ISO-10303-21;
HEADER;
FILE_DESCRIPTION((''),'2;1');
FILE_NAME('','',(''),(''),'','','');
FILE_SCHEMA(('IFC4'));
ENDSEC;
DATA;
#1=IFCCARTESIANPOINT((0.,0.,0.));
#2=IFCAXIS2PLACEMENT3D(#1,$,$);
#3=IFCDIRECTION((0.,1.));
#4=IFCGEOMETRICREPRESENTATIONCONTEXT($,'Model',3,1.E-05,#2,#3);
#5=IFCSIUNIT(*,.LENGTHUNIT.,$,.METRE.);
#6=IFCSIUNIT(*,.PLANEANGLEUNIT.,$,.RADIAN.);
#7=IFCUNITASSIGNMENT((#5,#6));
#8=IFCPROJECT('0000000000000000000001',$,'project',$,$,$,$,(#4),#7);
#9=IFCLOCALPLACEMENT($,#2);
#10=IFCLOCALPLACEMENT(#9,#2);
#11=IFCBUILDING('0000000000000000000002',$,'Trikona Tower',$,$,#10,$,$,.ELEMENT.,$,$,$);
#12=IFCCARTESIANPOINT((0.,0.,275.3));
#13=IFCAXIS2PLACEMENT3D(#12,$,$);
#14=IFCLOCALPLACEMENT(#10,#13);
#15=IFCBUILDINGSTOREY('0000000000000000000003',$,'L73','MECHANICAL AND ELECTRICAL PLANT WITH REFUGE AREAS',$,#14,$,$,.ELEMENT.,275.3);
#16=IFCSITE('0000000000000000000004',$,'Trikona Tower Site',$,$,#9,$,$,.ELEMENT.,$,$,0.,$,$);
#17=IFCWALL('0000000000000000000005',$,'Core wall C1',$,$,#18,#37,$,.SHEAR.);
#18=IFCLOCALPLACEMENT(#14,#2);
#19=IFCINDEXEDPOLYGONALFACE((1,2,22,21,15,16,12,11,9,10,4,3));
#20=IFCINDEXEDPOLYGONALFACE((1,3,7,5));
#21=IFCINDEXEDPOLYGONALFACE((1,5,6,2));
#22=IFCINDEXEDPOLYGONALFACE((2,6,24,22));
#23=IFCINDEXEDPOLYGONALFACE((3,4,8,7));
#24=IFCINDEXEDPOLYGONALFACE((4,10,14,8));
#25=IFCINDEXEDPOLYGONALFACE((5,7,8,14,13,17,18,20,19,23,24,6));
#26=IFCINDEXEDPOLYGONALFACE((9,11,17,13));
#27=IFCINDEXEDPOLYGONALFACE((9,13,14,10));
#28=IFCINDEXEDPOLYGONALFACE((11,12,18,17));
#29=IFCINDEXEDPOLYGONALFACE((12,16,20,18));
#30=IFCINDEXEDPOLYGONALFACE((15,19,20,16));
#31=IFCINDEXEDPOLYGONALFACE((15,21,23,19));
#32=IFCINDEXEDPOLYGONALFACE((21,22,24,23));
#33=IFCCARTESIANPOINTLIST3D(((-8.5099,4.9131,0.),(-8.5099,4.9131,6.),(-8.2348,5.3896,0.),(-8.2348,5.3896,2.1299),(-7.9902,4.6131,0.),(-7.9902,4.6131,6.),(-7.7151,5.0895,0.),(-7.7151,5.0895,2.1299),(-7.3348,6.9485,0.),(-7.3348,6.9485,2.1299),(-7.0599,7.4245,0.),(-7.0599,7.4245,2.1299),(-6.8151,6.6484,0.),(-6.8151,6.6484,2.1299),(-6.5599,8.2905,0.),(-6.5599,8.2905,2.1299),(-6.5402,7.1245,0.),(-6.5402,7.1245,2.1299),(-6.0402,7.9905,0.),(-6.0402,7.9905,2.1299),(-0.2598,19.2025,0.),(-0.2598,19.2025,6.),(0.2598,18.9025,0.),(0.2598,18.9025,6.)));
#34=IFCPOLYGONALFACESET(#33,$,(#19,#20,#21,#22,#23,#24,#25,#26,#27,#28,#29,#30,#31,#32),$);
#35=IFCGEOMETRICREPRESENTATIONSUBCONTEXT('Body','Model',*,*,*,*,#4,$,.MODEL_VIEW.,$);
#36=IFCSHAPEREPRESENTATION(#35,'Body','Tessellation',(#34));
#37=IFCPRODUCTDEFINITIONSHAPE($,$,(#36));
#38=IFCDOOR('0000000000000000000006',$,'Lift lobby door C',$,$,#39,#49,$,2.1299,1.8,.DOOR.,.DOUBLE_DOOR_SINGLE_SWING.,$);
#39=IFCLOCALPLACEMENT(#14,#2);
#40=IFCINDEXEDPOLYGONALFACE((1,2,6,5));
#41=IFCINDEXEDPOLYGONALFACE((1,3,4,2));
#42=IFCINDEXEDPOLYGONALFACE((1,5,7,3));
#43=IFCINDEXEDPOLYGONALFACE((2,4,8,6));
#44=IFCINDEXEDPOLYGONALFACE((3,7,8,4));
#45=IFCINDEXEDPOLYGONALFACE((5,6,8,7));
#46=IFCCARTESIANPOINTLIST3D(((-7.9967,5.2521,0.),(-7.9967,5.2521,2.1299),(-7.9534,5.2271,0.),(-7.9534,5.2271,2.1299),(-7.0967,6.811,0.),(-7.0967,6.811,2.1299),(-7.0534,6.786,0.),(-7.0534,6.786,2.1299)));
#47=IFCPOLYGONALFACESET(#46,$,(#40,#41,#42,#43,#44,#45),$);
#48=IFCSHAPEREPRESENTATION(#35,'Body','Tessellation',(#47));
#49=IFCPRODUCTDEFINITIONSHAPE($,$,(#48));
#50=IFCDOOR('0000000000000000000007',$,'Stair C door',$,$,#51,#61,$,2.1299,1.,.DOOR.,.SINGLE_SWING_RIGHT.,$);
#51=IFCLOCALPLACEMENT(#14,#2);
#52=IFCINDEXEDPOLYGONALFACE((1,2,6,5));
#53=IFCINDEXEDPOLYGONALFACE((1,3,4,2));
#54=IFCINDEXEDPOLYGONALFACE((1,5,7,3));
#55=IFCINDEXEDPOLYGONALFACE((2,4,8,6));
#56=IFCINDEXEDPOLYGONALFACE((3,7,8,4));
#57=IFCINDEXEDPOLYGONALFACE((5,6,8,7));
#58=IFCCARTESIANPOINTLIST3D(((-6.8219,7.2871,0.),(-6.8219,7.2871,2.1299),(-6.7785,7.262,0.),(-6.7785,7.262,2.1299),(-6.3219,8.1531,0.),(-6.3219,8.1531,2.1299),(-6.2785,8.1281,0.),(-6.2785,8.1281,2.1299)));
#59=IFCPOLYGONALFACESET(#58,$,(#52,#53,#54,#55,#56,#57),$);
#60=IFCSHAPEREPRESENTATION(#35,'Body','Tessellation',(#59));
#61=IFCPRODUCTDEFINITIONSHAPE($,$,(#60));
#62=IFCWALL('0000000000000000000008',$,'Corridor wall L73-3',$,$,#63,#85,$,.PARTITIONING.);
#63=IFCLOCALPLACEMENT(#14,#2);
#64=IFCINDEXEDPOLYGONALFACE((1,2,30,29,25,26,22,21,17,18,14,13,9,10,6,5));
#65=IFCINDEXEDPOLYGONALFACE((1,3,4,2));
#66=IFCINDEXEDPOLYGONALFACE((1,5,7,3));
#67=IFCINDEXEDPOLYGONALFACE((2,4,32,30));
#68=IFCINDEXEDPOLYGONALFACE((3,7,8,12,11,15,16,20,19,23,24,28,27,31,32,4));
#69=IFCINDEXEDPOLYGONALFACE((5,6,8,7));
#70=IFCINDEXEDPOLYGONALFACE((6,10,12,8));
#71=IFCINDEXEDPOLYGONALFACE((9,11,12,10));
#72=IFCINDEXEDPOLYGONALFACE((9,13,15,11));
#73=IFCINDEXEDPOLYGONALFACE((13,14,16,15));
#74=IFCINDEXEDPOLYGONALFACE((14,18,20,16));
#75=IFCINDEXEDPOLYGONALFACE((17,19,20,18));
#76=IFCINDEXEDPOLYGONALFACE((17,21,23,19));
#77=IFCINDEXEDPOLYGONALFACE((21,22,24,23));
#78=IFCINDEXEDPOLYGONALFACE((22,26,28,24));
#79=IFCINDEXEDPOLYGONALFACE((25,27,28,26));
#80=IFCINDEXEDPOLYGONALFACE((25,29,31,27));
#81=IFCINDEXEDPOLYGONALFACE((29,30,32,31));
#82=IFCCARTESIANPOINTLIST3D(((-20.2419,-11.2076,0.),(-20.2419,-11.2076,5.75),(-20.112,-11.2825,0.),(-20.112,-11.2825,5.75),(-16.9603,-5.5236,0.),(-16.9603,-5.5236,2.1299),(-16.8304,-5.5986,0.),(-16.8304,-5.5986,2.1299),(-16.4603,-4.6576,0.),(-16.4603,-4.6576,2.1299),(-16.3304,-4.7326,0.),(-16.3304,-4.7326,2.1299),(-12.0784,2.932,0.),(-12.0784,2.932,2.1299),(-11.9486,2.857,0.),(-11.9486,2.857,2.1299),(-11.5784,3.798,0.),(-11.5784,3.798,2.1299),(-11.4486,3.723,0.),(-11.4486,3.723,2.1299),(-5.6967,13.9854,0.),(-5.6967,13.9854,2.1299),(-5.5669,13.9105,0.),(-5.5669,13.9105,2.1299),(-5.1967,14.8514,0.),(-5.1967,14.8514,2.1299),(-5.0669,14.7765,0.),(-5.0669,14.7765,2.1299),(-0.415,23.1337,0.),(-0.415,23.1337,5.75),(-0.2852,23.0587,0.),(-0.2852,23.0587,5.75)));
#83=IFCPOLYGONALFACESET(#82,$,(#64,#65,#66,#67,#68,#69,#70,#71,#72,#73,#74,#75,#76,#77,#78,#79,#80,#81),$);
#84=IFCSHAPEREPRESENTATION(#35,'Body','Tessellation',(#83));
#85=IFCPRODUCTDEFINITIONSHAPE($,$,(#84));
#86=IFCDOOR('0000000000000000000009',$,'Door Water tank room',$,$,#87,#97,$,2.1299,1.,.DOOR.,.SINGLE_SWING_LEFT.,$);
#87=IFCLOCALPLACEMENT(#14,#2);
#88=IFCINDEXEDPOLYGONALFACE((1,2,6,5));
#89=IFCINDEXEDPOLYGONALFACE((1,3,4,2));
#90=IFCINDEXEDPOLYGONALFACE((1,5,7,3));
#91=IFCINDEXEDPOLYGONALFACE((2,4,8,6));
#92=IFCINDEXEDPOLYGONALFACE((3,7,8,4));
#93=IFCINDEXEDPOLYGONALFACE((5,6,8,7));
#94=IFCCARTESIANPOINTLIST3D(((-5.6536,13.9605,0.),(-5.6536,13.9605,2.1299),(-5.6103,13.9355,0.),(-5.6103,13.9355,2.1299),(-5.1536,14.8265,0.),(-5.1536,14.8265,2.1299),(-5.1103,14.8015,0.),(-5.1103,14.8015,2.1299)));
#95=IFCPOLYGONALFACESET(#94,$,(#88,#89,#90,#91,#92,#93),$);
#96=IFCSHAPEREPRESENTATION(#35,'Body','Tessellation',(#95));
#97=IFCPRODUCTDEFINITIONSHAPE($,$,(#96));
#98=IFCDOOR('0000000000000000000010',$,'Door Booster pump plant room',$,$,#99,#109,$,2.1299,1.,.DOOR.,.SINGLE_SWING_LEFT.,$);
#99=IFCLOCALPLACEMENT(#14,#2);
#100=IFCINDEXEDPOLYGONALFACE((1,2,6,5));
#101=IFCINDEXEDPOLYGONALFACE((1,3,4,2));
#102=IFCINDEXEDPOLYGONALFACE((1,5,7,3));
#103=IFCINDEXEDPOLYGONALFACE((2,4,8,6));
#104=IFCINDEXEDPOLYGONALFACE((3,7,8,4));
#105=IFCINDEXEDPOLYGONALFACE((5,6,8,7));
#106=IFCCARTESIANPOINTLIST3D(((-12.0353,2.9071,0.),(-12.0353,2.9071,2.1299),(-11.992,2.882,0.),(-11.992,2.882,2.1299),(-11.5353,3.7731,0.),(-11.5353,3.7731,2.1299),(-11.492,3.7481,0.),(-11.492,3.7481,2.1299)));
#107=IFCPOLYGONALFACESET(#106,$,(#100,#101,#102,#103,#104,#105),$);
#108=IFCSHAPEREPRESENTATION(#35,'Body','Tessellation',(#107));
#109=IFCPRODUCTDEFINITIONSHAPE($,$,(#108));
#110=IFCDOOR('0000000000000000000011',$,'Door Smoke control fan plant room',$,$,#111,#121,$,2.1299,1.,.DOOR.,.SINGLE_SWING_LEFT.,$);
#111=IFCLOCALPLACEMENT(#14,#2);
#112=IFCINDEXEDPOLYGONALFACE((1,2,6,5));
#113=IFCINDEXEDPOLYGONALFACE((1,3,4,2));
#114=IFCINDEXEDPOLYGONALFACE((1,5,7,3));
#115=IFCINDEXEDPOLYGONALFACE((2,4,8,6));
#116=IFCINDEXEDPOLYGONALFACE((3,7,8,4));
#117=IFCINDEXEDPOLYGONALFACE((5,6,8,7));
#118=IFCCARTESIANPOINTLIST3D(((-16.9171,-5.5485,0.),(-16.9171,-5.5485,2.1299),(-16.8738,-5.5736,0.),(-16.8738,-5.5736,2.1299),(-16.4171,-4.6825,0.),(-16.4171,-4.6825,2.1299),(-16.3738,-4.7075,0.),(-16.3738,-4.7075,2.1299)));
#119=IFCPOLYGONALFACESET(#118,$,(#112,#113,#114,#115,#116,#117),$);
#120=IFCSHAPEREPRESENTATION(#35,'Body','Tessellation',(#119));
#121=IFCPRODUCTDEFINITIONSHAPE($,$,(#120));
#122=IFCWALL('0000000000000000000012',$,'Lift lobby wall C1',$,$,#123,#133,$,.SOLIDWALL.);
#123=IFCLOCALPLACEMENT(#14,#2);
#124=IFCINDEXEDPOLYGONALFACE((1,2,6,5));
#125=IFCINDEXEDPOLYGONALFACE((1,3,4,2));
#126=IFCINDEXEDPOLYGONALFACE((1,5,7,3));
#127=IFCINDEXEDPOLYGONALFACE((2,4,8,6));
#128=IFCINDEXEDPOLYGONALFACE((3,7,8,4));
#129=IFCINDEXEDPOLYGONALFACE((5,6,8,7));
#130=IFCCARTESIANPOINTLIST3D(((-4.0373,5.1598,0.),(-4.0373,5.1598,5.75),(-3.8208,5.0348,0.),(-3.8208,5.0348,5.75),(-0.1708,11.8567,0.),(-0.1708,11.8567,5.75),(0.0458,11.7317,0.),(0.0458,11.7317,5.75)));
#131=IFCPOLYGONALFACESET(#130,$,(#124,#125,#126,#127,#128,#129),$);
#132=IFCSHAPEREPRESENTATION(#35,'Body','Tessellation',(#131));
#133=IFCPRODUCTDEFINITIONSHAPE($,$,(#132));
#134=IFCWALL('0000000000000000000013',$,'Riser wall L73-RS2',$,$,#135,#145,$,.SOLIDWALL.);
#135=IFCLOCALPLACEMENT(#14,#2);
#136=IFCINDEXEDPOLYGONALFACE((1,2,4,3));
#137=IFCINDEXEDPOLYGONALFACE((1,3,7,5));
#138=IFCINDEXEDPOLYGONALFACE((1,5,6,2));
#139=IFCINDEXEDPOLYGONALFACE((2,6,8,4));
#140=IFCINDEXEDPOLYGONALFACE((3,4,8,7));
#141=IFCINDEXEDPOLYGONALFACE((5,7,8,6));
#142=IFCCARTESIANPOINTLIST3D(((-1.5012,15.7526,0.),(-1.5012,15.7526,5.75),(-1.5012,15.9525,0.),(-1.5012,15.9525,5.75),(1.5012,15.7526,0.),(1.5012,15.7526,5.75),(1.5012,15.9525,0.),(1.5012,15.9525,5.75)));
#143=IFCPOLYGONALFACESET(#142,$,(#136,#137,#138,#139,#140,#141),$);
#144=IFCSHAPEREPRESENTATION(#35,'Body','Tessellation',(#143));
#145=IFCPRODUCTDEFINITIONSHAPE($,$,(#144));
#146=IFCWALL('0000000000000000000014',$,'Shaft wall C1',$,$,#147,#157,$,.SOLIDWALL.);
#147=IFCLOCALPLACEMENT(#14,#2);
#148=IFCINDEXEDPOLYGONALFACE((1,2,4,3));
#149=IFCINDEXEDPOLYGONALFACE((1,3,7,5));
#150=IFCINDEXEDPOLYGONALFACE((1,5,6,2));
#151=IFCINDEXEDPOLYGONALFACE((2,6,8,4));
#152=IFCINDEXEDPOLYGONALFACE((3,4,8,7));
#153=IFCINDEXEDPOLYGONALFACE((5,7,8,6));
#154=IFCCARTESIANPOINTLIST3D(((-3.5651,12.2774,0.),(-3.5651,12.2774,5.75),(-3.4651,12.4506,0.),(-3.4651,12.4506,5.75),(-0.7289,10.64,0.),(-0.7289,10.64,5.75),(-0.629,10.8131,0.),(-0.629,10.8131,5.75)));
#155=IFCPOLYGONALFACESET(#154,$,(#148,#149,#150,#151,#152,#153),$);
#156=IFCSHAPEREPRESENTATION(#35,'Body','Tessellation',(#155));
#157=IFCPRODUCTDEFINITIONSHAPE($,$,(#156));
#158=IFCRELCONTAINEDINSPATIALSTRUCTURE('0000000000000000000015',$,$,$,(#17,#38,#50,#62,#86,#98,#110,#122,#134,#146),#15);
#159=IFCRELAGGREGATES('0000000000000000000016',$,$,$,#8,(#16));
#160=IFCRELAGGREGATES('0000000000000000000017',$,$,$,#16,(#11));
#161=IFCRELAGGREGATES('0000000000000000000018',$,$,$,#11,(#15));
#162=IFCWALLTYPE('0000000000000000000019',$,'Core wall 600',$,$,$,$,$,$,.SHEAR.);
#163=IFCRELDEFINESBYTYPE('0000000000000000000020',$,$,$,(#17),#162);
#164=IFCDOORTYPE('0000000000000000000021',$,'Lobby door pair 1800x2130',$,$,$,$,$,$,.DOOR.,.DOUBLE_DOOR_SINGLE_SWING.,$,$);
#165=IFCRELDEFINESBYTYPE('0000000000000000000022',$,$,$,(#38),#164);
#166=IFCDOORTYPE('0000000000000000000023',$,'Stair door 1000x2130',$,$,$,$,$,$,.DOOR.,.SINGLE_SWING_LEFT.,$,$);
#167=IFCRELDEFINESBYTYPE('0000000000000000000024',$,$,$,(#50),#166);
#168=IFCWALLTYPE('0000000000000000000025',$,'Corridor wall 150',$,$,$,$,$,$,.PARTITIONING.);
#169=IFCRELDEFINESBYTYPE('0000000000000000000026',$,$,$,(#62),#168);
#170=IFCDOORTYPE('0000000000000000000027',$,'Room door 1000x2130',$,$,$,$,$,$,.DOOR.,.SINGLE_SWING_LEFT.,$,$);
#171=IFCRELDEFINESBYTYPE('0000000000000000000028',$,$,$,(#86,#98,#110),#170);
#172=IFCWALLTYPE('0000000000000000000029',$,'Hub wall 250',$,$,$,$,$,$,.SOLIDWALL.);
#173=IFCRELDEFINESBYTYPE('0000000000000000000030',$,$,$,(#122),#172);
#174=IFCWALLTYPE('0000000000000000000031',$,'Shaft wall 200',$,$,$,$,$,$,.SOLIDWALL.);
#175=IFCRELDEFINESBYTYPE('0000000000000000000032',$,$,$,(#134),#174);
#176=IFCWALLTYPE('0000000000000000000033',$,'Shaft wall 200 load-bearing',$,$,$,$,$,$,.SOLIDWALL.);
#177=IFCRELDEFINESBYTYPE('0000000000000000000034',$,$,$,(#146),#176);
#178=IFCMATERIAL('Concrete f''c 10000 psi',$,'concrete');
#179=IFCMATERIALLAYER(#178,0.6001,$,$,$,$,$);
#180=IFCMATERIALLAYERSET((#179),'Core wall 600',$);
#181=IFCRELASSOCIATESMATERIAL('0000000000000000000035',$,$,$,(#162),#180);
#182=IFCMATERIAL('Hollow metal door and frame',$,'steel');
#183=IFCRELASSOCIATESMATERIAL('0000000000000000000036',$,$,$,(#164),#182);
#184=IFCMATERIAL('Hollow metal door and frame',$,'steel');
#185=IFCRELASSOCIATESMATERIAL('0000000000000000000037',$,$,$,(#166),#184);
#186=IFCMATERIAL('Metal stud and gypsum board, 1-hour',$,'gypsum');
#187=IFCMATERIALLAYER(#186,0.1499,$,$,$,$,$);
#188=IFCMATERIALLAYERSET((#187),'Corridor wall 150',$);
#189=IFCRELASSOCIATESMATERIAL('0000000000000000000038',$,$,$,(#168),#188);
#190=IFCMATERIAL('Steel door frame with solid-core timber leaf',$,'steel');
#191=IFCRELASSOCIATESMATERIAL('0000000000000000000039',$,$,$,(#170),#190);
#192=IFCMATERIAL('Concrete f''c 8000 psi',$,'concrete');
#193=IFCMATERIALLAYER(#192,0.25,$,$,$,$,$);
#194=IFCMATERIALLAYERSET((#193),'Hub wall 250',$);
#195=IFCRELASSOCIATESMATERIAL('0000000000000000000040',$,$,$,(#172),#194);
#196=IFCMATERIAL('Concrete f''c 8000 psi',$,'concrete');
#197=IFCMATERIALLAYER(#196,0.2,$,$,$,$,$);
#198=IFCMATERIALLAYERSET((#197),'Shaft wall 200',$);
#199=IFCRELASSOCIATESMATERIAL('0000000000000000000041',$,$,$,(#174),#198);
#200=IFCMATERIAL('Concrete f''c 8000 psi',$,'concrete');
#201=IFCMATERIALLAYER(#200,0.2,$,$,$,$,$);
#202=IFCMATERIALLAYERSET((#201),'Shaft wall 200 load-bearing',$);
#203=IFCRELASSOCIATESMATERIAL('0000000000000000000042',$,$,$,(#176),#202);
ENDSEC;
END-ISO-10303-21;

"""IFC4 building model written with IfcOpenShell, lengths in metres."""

from ifc_helpers import new_model, si_unit, direction, frame, frame_2d, origin, place, context, subcontext, project, spatial, rectangle, extrude, material, layer, layer_set, type_object, element, fill, save


model = new_model("IFC4")

# Units and contexts
model_context = context("Model", 3, precision=1e-05, world=origin(), true_north=direction((0.0, 1.0)))
body_context = subcontext(model_context, "Body", "Model", "MODEL_VIEW")
ifc_project = project(units=[si_unit("LENGTHUNIT", "METRE"), si_unit("PLANEANGLEUNIT", "RADIAN")], contexts=[model_context])

# Site, building, storey
site_placement = place(None, origin())
site = spatial("IfcSite", under=ifc_project, at=site_placement, Name="Trikona Tower Site", CompositionType="ELEMENT", RefElevation=0.0)
building_placement = place(site_placement, origin())
building = spatial("IfcBuilding", under=site, at=building_placement, Name="Trikona Tower", CompositionType="ELEMENT")
storey_placement = place(building_placement, frame((0.0, 0.0, 275.3)))
storey = spatial("IfcBuildingStorey", under=building, at=storey_placement, Name="L73", Description="MECHANICAL AND ELECTRICAL PLANT WITH REFUGE AREAS", CompositionType="ELEMENT", Elevation=275.3)

# Walls, openings, doors
ifc_material_1 = material(Name="Concrete f'c 10000 psi", Category="concrete")
ifc_layer_1 = layer(ifc_material_1, 0.6001)
ifc_layer_set_1 = layer_set([ifc_layer_1], Name="Core wall 600")
wall_type_1 = type_object("IfcWallType", Name="Core wall 600", PredefinedType="SHEAR", material=ifc_layer_set_1)
wall_1_placement = place(storey_placement, frame((0.0, 19.0525, 0.0), z_axis=(0.0, 0.0, 1.0), x_axis=(-0.500003, -0.866024, 0.0)))
wall_1 = element("IfcWall", 1, at=wall_1_placement, inside=storey, type_object=wall_type_1, Name="Core wall C1", PredefinedType="SHEAR", context=body_context, shape_type="SweptSolid", body=[
    extrude(rectangle(XDim=16.5, YDim=0.6001, at=frame_2d((8.25, 0.0))), origin(), (0.0, 0.0, 1.0), 6.0),
])
opening_1_placement = place(wall_1_placement, frame((14.1499, 0.0, 0.0)))
opening_1 = element("IfcOpeningElement", 2, at=opening_1_placement, cuts=wall_1, PredefinedType="OPENING", context=body_context, shape_type="SweptSolid", body=[
    extrude(rectangle(XDim=1.8, YDim=2.1299, at=frame_2d((0.8999, 1.0649))), frame((0.0, 0.3101, 0.0), z_axis=(0.0, -1.0, 0.0), x_axis=(1.0, 0.0, 0.0)), (0.0, 0.0, 1.0), 0.6201),
])
opening_2_placement = place(wall_1_placement, frame((12.6001, 0.0, 0.0)))
opening_2 = element("IfcOpeningElement", 3, at=opening_2_placement, cuts=wall_1, PredefinedType="OPENING", context=body_context, shape_type="SweptSolid", body=[
    extrude(rectangle(XDim=1.0, YDim=2.1299, at=frame_2d((0.5, 1.0649))), frame((0.0, 0.3101, 0.0), z_axis=(0.0, -1.0, 0.0), x_axis=(1.0, 0.0, 0.0)), (0.0, 0.0, 1.0), 0.6201),
])
ifc_material_2 = material(Name="Hollow metal door and frame", Category="steel")
door_type_1 = type_object("IfcDoorType", Name="Lobby door pair 1800x2130", OperationType="DOUBLE_DOOR_SINGLE_SWING", PredefinedType="DOOR", material=ifc_material_2)
door_1_placement = place(opening_1_placement, origin())
door_1 = element("IfcDoor", 4, at=door_1_placement, inside=storey, type_object=door_type_1, Name="Lift lobby door C", OperationType="DOUBLE_DOOR_SINGLE_SWING", OverallHeight=2.1299, OverallWidth=1.8, PredefinedType="DOOR", context=body_context, shape_type="SweptSolid", body=[
    extrude(rectangle(XDim=1.8, YDim=2.1299, at=frame_2d((0.8999, 1.0649))), frame((0.0, 0.0249, 0.0), z_axis=(0.0, -1.0, 0.0), x_axis=(1.0, 0.0, 0.0)), (0.0, 0.0, 1.0), 0.05),
])
fill(opening_1, door_1)
ifc_material_3 = material(Name="Hollow metal door and frame", Category="steel")
door_type_2 = type_object("IfcDoorType", Name="Stair door 1000x2130", OperationType="SINGLE_SWING_LEFT", PredefinedType="DOOR", material=ifc_material_3)
door_2_placement = place(opening_2_placement, origin())
door_2 = element("IfcDoor", 5, at=door_2_placement, inside=storey, type_object=door_type_2, Name="Stair C door", OperationType="SINGLE_SWING_RIGHT", OverallHeight=2.1299, OverallWidth=1.0, PredefinedType="DOOR", context=body_context, shape_type="SweptSolid", body=[
    extrude(rectangle(XDim=1.0, YDim=2.1299, at=frame_2d((0.5, 1.0649))), frame((0.0, 0.0249, 0.0), z_axis=(0.0, -1.0, 0.0), x_axis=(1.0, 0.0, 0.0)), (0.0, 0.0, 1.0), 0.05),
])
fill(opening_2, door_2)
ifc_material_4 = material(Name="Metal stud and gypsum board, 1-hour", Category="gypsum")
ifc_layer_2 = layer(ifc_material_4, 0.1499)
ifc_layer_set_2 = layer_set([ifc_layer_2], Name="Corridor wall 150")
wall_type_2 = type_object("IfcWallType", Name="Corridor wall 150", PredefinedType="PARTITIONING", material=ifc_layer_set_2)
wall_2_placement = place(storey_placement, frame((-0.3501, 23.0962, 0.0), z_axis=(0.0, 0.0, 1.0), x_axis=(-0.499999, -0.866026, 0.0)))
wall_2 = element("IfcWall", 6, at=wall_2_placement, inside=storey, type_object=wall_type_2, Name="Corridor wall L73-3", PredefinedType="PARTITIONING", context=body_context, shape_type="SweptSolid", body=[
    extrude(rectangle(XDim=39.6538, YDim=0.1499, at=frame_2d((19.8269, 0.0))), origin(), (0.0, 0.0, 1.0), 5.75),
])
opening_3_placement = place(wall_2_placement, frame((9.5635, 0.0, 0.0)))
opening_3 = element("IfcOpeningElement", 7, at=opening_3_placement, cuts=wall_2, PredefinedType="OPENING", context=body_context, shape_type="SweptSolid", body=[
    extrude(rectangle(XDim=1.0, YDim=2.1299, at=frame_2d((0.5, 1.0649))), frame((0.0, 0.085, 0.0), z_axis=(0.0, -1.0, 0.0), x_axis=(1.0, 0.0, 0.0)), (0.0, 0.0, 1.0), 0.1699),
])
opening_4_placement = place(wall_2_placement, frame((22.3269, 0.0, 0.0)))
opening_4 = element("IfcOpeningElement", 8, at=opening_4_placement, cuts=wall_2, PredefinedType="OPENING", context=body_context, shape_type="SweptSolid", body=[
    extrude(rectangle(XDim=1.0, YDim=2.1299, at=frame_2d((0.5, 1.0649))), frame((0.0, 0.085, 0.0), z_axis=(0.0, -1.0, 0.0), x_axis=(1.0, 0.0, 0.0)), (0.0, 0.0, 1.0), 0.1699),
])
opening_5_placement = place(wall_2_placement, frame((32.0906, 0.0, 0.0)))
opening_5 = element("IfcOpeningElement", 9, at=opening_5_placement, cuts=wall_2, PredefinedType="OPENING", context=body_context, shape_type="SweptSolid", body=[
    extrude(rectangle(XDim=1.0, YDim=2.1299, at=frame_2d((0.5, 1.0649))), frame((0.0, 0.085, 0.0), z_axis=(0.0, -1.0, 0.0), x_axis=(1.0, 0.0, 0.0)), (0.0, 0.0, 1.0), 0.1699),
])
ifc_material_5 = material(Name="Steel door frame with solid-core timber leaf", Category="steel")
door_type_3 = type_object("IfcDoorType", Name="Room door 1000x2130", OperationType="SINGLE_SWING_LEFT", PredefinedType="DOOR", material=ifc_material_5)
door_3_placement = place(opening_3_placement, origin())
door_3 = element("IfcDoor", 10, at=door_3_placement, inside=storey, type_object=door_type_3, Name="Door Water tank room", OperationType="SINGLE_SWING_LEFT", OverallHeight=2.1299, OverallWidth=1.0, PredefinedType="DOOR", context=body_context, shape_type="SweptSolid", body=[
    extrude(rectangle(XDim=1.0, YDim=2.1299, at=frame_2d((0.5, 1.0649))), frame((0.0, 0.0249, 0.0), z_axis=(0.0, -1.0, 0.0), x_axis=(1.0, 0.0, 0.0)), (0.0, 0.0, 1.0), 0.05),
])
fill(opening_3, door_3)
door_4_placement = place(opening_4_placement, origin())
door_4 = element("IfcDoor", 11, at=door_4_placement, inside=storey, type_object=door_type_3, Name="Door Booster pump plant room", OperationType="SINGLE_SWING_LEFT", OverallHeight=2.1299, OverallWidth=1.0, PredefinedType="DOOR", context=body_context, shape_type="SweptSolid", body=[
    extrude(rectangle(XDim=1.0, YDim=2.1299, at=frame_2d((0.5, 1.0649))), frame((0.0, 0.0249, 0.0), z_axis=(0.0, -1.0, 0.0), x_axis=(1.0, 0.0, 0.0)), (0.0, 0.0, 1.0), 0.05),
])
fill(opening_4, door_4)
door_5_placement = place(opening_5_placement, origin())
door_5 = element("IfcDoor", 12, at=door_5_placement, inside=storey, type_object=door_type_3, Name="Door Smoke control fan plant room", OperationType="SINGLE_SWING_LEFT", OverallHeight=2.1299, OverallWidth=1.0, PredefinedType="DOOR", context=body_context, shape_type="SweptSolid", body=[
    extrude(rectangle(XDim=1.0, YDim=2.1299, at=frame_2d((0.5, 1.0649))), frame((0.0, 0.0249, 0.0), z_axis=(0.0, -1.0, 0.0), x_axis=(1.0, 0.0, 0.0)), (0.0, 0.0, 1.0), 0.05),
])
fill(opening_5, door_5)

# Walls
ifc_material_6 = material(Name="Concrete f'c 8000 psi", Category="concrete")
ifc_layer_3 = layer(ifc_material_6, 0.25)
ifc_layer_set_3 = layer_set([ifc_layer_3], Name="Hub wall 250")
wall_type_3 = type_object("IfcWallType", Name="Hub wall 250", PredefinedType="SOLIDWALL", material=ifc_layer_set_3)
wall_3_placement = place(storey_placement, frame((-0.0625, 11.7942, 0.0), z_axis=(0.0, 0.0, 1.0), x_axis=(-0.500007, -0.866022, 0.0)))
element("IfcWall", 13, at=wall_3_placement, inside=storey, type_object=wall_type_3, Name="Lift lobby wall C1", PredefinedType="SOLIDWALL", context=body_context, shape_type="SweptSolid", body=[
    extrude(rectangle(XDim=7.7329, YDim=0.25, at=frame_2d((3.8665, 0.0))), origin(), (0.0, 0.0, 1.0), 5.75),
])
ifc_material_7 = material(Name="Concrete f'c 8000 psi", Category="concrete")
ifc_layer_4 = layer(ifc_material_7, 0.2)
ifc_layer_set_4 = layer_set([ifc_layer_4], Name="Shaft wall 200")
wall_type_4 = type_object("IfcWallType", Name="Shaft wall 200", PredefinedType="SOLIDWALL", material=ifc_layer_set_4)
wall_4_placement = place(storey_placement, frame((-1.5012, 15.8525, 0.0), z_axis=(0.0, 0.0, 1.0), x_axis=(1.0, 0.0, 0.0)))
element("IfcWall", 14, at=wall_4_placement, inside=storey, type_object=wall_type_4, Name="Riser wall L73-RS2", PredefinedType="SOLIDWALL", context=body_context, shape_type="SweptSolid", body=[
    extrude(rectangle(XDim=3.0024, YDim=0.2, at=frame_2d((1.5012, 0.0))), origin(), (0.0, 0.0, 1.0), 5.75),
])
ifc_material_8 = material(Name="Concrete f'c 8000 psi", Category="concrete")
ifc_layer_5 = layer(ifc_material_8, 0.2)
ifc_layer_set_5 = layer_set([ifc_layer_5], Name="Shaft wall 200 load-bearing")
wall_type_5 = type_object("IfcWallType", Name="Shaft wall 200 load-bearing", PredefinedType="SOLIDWALL", material=ifc_layer_set_5)
wall_5_placement = place(storey_placement, frame((-0.679, 10.7266, 0.0), z_axis=(0.0, 0.0, 1.0), x_axis=(-0.866028, 0.499996, 0.0)))
element("IfcWall", 15, at=wall_5_placement, inside=storey, type_object=wall_type_5, Name="Shaft wall C1", PredefinedType="SOLIDWALL", context=body_context, shape_type="SweptSolid", body=[
    extrude(rectangle(XDim=3.2749, YDim=0.2, at=frame_2d((1.6375, 0.0))), origin(), (0.0, 0.0, 1.0), 5.75),
])

save(model, "model.ifc")
